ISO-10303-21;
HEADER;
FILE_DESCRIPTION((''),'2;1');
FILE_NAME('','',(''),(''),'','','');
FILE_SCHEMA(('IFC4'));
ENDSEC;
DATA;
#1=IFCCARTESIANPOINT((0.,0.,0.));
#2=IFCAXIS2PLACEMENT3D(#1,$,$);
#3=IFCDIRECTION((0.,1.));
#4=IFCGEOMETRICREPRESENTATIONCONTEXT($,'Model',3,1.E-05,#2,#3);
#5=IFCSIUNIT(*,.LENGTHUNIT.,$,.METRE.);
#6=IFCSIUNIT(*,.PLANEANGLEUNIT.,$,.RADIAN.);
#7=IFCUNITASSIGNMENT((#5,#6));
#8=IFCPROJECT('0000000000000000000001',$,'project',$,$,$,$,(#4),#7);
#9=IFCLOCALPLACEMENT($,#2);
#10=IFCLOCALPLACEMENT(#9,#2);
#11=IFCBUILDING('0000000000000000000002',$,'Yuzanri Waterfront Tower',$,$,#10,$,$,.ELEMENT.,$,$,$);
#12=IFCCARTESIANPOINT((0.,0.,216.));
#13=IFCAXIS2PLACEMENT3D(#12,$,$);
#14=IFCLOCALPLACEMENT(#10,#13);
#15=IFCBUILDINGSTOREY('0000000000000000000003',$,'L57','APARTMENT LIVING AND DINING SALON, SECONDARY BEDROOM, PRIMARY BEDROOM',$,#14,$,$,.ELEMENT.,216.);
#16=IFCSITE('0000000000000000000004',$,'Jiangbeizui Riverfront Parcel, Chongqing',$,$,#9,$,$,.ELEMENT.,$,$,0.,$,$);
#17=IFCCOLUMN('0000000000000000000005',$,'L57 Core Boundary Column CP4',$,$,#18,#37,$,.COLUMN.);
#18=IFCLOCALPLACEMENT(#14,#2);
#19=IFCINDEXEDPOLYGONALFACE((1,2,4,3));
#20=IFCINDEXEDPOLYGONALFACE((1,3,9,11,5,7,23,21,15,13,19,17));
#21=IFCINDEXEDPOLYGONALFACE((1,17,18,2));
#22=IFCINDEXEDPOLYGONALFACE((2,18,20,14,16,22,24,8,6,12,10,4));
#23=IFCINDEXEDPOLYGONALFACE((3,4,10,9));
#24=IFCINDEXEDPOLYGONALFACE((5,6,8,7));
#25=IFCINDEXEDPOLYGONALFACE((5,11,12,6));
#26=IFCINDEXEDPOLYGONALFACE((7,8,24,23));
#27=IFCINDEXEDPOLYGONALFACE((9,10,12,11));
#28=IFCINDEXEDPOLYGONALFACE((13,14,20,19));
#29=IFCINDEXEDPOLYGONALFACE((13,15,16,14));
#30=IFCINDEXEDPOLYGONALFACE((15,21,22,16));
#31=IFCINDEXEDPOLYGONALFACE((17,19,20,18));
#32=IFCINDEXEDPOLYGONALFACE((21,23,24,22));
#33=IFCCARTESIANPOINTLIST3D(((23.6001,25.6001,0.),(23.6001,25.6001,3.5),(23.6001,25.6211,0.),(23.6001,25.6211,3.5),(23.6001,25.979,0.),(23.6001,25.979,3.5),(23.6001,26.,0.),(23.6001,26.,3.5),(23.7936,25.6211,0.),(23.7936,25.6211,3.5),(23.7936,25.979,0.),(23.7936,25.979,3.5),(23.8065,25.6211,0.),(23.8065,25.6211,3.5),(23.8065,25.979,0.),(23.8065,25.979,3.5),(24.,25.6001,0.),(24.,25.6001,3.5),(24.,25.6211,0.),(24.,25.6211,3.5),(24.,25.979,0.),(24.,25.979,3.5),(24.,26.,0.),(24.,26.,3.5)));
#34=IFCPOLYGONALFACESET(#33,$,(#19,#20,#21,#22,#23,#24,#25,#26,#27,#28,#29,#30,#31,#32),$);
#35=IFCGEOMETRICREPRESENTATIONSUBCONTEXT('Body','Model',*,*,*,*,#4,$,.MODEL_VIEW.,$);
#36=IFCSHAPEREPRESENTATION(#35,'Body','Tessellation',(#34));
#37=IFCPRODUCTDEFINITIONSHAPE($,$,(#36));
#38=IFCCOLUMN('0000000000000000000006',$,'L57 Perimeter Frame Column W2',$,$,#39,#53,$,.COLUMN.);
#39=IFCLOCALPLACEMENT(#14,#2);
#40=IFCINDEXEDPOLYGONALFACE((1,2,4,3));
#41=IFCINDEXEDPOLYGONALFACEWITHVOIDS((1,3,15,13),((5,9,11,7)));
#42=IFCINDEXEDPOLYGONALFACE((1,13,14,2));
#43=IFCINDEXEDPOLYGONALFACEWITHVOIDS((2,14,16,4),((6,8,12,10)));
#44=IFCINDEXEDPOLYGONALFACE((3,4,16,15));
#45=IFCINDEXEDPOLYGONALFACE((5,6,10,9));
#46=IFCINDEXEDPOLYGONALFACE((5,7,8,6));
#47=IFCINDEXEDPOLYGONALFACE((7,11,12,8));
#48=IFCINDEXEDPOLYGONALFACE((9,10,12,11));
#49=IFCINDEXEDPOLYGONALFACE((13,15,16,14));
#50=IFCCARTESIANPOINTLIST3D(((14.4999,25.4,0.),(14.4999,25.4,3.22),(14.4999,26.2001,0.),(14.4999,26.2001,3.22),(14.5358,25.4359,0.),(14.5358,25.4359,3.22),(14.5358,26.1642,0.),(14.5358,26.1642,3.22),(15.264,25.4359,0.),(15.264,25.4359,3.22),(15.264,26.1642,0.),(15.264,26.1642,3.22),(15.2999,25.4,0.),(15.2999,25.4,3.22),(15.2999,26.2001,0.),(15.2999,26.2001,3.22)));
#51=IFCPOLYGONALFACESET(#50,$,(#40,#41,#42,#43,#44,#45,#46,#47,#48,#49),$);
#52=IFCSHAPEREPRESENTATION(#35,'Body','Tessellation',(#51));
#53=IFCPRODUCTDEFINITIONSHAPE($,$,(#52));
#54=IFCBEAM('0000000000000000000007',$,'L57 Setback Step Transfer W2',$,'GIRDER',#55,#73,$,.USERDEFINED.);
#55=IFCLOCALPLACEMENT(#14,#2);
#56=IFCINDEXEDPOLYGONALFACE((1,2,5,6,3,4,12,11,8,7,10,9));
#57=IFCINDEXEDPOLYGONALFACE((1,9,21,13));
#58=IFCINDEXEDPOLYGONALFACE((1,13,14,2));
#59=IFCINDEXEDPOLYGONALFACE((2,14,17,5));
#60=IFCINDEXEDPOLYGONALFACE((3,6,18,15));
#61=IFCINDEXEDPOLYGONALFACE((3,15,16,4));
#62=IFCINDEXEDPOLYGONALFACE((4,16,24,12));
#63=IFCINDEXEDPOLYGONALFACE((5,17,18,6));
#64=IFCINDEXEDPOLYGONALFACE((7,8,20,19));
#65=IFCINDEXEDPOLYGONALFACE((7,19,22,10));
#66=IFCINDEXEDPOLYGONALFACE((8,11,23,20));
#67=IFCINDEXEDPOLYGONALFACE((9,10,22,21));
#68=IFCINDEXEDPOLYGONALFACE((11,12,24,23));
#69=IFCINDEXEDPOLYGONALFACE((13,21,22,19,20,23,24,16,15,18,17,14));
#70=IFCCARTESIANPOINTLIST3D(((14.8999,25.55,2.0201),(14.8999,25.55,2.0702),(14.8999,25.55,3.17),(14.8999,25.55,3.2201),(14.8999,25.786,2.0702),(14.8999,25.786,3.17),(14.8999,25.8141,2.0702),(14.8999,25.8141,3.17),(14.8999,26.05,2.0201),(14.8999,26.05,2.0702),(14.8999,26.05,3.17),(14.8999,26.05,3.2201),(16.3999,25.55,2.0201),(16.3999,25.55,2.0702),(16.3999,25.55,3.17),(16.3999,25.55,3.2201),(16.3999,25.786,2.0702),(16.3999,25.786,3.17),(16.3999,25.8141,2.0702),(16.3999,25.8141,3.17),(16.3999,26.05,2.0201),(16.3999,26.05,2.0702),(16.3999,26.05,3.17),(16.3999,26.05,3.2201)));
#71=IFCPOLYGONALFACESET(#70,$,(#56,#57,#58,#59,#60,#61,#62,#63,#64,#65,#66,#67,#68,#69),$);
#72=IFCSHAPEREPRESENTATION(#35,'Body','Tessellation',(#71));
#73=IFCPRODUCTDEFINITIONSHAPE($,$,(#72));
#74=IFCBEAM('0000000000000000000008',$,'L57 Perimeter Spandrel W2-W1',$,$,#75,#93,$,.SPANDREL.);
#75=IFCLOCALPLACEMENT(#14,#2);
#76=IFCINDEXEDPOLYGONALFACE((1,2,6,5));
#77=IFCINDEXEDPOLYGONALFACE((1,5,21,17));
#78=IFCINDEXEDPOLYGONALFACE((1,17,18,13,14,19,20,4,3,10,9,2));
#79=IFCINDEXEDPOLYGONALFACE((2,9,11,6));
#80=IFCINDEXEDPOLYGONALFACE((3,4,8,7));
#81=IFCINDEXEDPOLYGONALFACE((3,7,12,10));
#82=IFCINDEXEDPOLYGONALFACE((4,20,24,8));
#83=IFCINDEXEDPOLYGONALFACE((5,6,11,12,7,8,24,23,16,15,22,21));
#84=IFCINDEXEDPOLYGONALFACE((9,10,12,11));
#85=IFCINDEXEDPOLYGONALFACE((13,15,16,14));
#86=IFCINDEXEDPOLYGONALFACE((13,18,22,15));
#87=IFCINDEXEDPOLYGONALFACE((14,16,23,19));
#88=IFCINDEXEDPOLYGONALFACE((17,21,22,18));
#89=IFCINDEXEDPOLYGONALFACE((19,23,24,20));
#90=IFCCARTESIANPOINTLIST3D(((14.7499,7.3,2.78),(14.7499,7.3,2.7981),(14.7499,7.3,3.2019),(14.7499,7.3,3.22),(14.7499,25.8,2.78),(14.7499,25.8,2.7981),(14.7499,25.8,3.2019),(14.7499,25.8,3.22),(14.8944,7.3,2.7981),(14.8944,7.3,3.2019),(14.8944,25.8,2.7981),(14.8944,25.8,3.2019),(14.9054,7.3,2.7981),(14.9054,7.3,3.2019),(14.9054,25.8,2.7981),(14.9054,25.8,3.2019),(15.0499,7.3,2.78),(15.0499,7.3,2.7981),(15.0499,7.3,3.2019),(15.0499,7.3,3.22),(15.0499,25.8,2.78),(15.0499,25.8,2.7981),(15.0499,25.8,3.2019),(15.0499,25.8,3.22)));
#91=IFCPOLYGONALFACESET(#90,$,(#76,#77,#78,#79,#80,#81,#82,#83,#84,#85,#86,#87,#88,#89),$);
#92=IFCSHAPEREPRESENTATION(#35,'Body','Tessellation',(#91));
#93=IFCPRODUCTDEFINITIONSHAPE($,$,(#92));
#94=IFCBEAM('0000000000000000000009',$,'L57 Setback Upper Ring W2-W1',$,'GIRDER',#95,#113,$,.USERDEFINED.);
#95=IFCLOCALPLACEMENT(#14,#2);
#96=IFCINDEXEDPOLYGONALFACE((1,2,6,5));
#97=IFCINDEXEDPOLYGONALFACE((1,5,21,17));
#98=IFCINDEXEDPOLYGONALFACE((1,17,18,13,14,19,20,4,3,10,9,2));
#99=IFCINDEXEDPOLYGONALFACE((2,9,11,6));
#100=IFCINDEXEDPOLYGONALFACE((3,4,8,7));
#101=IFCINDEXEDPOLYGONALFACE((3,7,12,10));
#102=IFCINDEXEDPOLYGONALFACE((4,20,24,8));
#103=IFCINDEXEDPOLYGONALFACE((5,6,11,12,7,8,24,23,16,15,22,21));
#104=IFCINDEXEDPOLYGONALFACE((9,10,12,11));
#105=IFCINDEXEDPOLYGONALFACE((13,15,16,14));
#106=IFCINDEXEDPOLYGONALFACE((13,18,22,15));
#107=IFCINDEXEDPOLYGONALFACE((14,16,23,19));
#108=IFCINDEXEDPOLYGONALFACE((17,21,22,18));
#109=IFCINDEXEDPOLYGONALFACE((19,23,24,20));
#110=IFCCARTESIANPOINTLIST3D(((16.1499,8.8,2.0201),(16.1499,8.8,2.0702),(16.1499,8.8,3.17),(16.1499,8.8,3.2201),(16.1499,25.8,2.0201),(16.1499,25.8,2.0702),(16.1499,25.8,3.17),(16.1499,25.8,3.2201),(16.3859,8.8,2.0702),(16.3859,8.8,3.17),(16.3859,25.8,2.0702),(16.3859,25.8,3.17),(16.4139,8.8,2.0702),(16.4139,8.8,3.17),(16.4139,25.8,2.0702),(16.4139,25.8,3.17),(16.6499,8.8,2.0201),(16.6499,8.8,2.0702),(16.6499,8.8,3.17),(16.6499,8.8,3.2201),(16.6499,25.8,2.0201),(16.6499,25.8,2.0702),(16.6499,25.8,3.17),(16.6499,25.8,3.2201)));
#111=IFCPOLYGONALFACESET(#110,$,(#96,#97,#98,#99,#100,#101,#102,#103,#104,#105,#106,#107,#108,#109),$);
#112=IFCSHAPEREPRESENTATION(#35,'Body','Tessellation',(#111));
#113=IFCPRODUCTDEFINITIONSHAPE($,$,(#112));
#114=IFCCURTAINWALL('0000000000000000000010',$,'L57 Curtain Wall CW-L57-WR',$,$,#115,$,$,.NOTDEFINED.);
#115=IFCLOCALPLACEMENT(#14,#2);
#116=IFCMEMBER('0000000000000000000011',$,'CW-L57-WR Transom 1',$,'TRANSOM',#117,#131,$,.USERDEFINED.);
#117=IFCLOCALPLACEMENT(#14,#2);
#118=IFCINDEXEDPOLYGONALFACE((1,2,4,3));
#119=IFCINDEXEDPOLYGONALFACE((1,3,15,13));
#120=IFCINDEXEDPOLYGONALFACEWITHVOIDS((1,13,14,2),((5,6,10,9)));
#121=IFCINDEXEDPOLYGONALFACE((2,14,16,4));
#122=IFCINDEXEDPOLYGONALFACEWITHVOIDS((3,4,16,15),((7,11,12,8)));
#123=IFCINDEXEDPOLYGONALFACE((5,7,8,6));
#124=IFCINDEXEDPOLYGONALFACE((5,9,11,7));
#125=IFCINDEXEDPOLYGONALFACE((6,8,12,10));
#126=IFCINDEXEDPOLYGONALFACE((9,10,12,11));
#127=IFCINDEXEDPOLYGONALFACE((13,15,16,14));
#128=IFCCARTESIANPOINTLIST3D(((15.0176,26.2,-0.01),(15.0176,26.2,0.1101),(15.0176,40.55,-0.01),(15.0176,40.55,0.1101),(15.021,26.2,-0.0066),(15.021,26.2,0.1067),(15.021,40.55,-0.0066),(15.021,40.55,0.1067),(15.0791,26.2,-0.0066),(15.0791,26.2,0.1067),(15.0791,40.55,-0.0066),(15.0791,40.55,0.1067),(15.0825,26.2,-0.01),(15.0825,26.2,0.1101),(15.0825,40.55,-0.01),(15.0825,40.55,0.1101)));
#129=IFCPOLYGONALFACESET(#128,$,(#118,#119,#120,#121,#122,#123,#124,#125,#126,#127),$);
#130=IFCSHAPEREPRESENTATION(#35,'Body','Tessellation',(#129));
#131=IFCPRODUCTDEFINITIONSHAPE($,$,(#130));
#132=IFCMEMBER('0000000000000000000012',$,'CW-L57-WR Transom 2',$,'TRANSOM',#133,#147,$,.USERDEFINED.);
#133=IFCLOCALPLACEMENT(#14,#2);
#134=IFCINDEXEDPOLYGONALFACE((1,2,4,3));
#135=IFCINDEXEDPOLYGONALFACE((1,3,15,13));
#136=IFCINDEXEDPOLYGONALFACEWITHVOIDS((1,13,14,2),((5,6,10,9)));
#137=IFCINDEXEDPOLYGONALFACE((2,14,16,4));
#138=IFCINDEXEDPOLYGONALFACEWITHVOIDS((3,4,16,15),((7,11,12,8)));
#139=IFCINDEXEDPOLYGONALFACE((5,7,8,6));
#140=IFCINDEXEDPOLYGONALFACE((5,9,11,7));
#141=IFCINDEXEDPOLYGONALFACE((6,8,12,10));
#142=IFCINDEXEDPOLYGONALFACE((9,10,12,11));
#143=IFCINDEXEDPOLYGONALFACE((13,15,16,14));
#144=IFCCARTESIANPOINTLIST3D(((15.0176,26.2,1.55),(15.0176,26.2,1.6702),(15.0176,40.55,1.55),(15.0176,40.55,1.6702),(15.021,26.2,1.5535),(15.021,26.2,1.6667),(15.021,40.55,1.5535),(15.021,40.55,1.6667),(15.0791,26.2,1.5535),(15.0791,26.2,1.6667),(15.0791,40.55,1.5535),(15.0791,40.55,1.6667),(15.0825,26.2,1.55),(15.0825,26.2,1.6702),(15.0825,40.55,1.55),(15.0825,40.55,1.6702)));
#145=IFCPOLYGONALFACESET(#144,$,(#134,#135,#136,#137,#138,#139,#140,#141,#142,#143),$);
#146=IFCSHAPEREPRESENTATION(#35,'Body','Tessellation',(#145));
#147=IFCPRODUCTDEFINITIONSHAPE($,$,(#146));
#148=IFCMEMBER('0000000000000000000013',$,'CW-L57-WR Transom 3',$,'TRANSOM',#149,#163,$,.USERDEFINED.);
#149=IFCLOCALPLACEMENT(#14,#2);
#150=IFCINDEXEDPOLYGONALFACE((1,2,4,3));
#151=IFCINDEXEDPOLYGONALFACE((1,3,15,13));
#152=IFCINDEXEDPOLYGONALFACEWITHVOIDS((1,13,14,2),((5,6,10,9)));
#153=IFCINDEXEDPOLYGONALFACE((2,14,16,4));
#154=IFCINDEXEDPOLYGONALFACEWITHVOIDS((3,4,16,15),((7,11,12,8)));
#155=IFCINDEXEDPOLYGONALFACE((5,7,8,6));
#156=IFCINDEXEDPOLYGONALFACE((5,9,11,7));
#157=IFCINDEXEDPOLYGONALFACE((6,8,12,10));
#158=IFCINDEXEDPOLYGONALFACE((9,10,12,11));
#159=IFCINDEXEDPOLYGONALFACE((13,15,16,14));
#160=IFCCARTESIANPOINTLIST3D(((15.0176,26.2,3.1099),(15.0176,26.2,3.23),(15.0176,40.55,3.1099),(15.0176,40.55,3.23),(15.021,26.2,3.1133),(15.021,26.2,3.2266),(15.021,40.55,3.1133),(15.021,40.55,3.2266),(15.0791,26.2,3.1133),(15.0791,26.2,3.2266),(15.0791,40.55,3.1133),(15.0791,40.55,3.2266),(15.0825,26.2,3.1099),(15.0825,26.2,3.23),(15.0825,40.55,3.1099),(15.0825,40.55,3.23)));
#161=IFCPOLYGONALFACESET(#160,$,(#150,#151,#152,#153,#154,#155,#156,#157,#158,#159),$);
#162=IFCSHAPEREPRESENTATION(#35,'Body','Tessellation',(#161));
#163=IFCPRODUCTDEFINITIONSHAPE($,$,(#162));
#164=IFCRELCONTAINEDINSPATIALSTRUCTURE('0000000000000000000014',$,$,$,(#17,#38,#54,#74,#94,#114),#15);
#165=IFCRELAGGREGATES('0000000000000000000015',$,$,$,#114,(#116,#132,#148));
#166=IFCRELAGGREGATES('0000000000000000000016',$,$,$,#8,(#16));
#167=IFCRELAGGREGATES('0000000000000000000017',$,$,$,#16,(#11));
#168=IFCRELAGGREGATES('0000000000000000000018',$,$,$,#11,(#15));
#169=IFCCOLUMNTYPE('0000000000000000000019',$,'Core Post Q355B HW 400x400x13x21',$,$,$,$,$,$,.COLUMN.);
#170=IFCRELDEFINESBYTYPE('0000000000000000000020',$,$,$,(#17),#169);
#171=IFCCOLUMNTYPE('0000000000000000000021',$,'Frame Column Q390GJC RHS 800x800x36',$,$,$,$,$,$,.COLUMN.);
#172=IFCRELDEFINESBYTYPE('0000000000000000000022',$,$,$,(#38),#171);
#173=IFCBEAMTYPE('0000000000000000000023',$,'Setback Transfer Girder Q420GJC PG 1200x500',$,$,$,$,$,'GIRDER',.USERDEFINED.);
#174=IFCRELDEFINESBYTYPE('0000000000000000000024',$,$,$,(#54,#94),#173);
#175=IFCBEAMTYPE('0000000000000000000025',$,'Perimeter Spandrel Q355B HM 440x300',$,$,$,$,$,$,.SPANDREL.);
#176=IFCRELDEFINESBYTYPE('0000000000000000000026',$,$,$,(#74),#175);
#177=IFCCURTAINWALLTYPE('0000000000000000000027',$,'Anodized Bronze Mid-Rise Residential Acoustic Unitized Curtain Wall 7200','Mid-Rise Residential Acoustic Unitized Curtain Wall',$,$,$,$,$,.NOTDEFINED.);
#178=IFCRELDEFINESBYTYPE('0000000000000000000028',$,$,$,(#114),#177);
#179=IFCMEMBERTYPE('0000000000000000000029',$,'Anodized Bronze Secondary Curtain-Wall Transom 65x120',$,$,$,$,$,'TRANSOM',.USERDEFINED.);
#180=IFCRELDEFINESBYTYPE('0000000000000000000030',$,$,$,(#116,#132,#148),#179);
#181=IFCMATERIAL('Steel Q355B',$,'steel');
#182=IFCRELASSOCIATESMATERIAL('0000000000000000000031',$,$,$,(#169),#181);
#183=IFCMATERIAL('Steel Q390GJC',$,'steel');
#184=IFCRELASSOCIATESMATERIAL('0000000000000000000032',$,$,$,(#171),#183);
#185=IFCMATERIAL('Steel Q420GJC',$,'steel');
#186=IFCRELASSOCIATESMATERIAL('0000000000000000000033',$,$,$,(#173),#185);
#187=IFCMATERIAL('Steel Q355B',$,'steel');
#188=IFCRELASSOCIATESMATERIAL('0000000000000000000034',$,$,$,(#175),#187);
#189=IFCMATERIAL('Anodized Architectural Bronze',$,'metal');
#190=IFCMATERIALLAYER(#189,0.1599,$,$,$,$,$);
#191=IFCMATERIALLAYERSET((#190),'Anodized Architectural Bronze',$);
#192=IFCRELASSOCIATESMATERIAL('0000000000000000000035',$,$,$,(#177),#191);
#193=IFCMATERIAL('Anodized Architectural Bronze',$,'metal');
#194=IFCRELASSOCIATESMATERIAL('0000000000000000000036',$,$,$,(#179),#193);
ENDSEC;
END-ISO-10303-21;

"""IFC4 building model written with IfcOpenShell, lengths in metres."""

from ifc_helpers import new_model, si_unit, direction, frame, origin, origin_2d, place, context, subcontext, project, spatial, hollow_rectangle, i_section, extrude, source, transform, mapped, material, layer, layer_set, material_profile, profile_set, type_object, element, aggregate, save


model = new_model("IFC4")

# Units and contexts
model_context = context("Model", 3, precision=1e-05, world=origin(), true_north=direction((0.0, 1.0)))
body_context = subcontext(model_context, "Body", "Model", "MODEL_VIEW")
ifc_project = project(units=[si_unit("LENGTHUNIT", "METRE"), si_unit("PLANEANGLEUNIT", "RADIAN")], contexts=[model_context])

# Site, building, storey
site_placement = place(None, origin())
site = spatial("IfcSite", under=ifc_project, at=site_placement, Name="Jiangbeizui Riverfront Parcel, Chongqing", CompositionType="ELEMENT", RefElevation=0.0)
building_placement = place(site_placement, origin())
building = spatial("IfcBuilding", under=site, at=building_placement, Name="Yuzanri Waterfront Tower", CompositionType="ELEMENT")
storey_placement = place(building_placement, frame((0.0, 0.0, 216.0)))
storey = spatial("IfcBuildingStorey", under=building, at=storey_placement, Name="L57", Description="APARTMENT LIVING AND DINING SALON, SECONDARY BEDROOM, PRIMARY BEDROOM", CompositionType="ELEMENT", Elevation=216.0)

# Columns
ifc_material_1 = material(Name="Steel Q355B", Category="steel")
ifc_material_profile_1 = material_profile(ifc_material_1, i_section(OverallWidth=0.3999, OverallDepth=0.3999, WebThickness=0.0129, FlangeThickness=0.021, at=origin_2d()), Name="HW 400x400x13x21")
ifc_profile_set_1 = profile_set([ifc_material_profile_1], Name="Steel Q355B")
column_type_1 = type_object("IfcColumnType", Name="Core Post Q355B HW 400x400x13x21", PredefinedType="COLUMN", material=ifc_profile_set_1)
shared_shape_1 = source(origin(), body_context, "Body", "SweptSolid", [
    extrude(i_section(OverallWidth=0.3999, OverallDepth=0.3999, WebThickness=0.0129, FlangeThickness=0.021, at=origin_2d()), origin(), (0.0, 0.0, 1.0), 3.5),
])
column_1_placement = place(storey_placement, frame((23.8, 25.8, 0.0), z_axis=(0.0, 0.0, 1.0), x_axis=(1.0, 0.0, 0.0)))
element("IfcColumn", 1, at=column_1_placement, inside=storey, type_object=column_type_1, Name="L57 Core Boundary Column CP4", PredefinedType="COLUMN", context=body_context, shape_type="MappedRepresentation", body=[
    mapped(shared_shape_1, transform((0.0, 0.0, 0.0), scale=1.0)),
])
ifc_material_2 = material(Name="Steel Q390GJC", Category="steel")
ifc_material_profile_2 = material_profile(ifc_material_2, hollow_rectangle(XDim=0.8, YDim=0.8, WallThickness=0.0359, at=origin_2d()), Name="RHS 800x800x36")
ifc_profile_set_2 = profile_set([ifc_material_profile_2], Name="Steel Q390GJC")
column_type_2 = type_object("IfcColumnType", Name="Frame Column Q390GJC RHS 800x800x36", PredefinedType="COLUMN", material=ifc_profile_set_2)
shared_shape_2 = source(origin(), body_context, "Body", "SweptSolid", [
    extrude(hollow_rectangle(XDim=0.8, YDim=0.8, WallThickness=0.0359, at=origin_2d()), origin(), (0.0, 0.0, 1.0), 3.22),
])
column_2_placement = place(storey_placement, frame((14.8999, 25.8, 0.0), z_axis=(0.0, 0.0, 1.0), x_axis=(1.0, 0.0, 0.0)))
element("IfcColumn", 2, at=column_2_placement, inside=storey, type_object=column_type_2, Name="L57 Perimeter Frame Column W2", PredefinedType="COLUMN", context=body_context, shape_type="MappedRepresentation", body=[
    mapped(shared_shape_2, transform((0.0, 0.0, 0.0), scale=1.0)),
])

# Beams
ifc_material_3 = material(Name="Steel Q420GJC", Category="steel")
ifc_material_profile_3 = material_profile(ifc_material_3, i_section(OverallWidth=0.5, OverallDepth=1.2, WebThickness=0.0281, FlangeThickness=0.05, at=origin_2d()), Name="PG 1200x500x28x50")
ifc_profile_set_3 = profile_set([ifc_material_profile_3], Name="Steel Q420GJC")
beam_type_1 = type_object("IfcBeamType", Name="Setback Transfer Girder Q420GJC PG 1200x500", ElementType="GIRDER", PredefinedType="USERDEFINED", material=ifc_profile_set_3)
shared_shape_3 = source(origin(), body_context, "Body", "SweptSolid", [
    extrude(i_section(OverallWidth=0.5, OverallDepth=1.2, WebThickness=0.0281, FlangeThickness=0.05, at=origin_2d()), origin(), (0.0, 0.0, 1.0), 1.5),
])
beam_1_placement = place(storey_placement, frame((16.3999, 25.8, 2.6201), z_axis=(-1.0, 0.0, 0.0), x_axis=(0.0, -1.0, 0.0)))
element("IfcBeam", 3, at=beam_1_placement, inside=storey, type_object=beam_type_1, Name="L57 Setback Step Transfer W2", ObjectType="GIRDER", PredefinedType="USERDEFINED", context=body_context, shape_type="MappedRepresentation", body=[
    mapped(shared_shape_3, transform((0.0, 0.0, 0.0), scale=1.0)),
])
ifc_material_4 = material(Name="Steel Q355B", Category="steel")
ifc_material_profile_4 = material_profile(ifc_material_4, i_section(OverallWidth=0.3, OverallDepth=0.4399, WebThickness=0.011, FlangeThickness=0.0181, at=origin_2d()), Name="HM 440x300x11x18")
ifc_profile_set_4 = profile_set([ifc_material_profile_4], Name="Steel Q355B")
beam_type_2 = type_object("IfcBeamType", Name="Perimeter Spandrel Q355B HM 440x300", PredefinedType="SPANDREL", material=ifc_profile_set_4)
shared_shape_4 = source(origin(), body_context, "Body", "SweptSolid", [
    extrude(i_section(OverallWidth=0.3, OverallDepth=0.4399, WebThickness=0.011, FlangeThickness=0.0181, at=origin_2d()), origin(), (0.0, 0.0, 1.0), 18.5),
])
beam_2_placement = place(storey_placement, frame((14.8999, 25.8, 3.0), z_axis=(0.0, -1.0, 0.0), x_axis=(1.0, 0.0, 0.0)))
element("IfcBeam", 4, at=beam_2_placement, inside=storey, type_object=beam_type_2, Name="L57 Perimeter Spandrel W2-W1", PredefinedType="SPANDREL", context=body_context, shape_type="MappedRepresentation", body=[
    mapped(shared_shape_4, transform((0.0, 0.0, 0.0), scale=1.0)),
])
shared_shape_5 = source(origin(), body_context, "Body", "SweptSolid", [
    extrude(i_section(OverallWidth=0.5, OverallDepth=1.2, WebThickness=0.0281, FlangeThickness=0.05, at=origin_2d()), origin(), (0.0, 0.0, 1.0), 17.0),
])
beam_3_placement = place(storey_placement, frame((16.3999, 25.8, 2.6201), z_axis=(0.0, -1.0, 0.0), x_axis=(1.0, 0.0, 0.0)))
element("IfcBeam", 5, at=beam_3_placement, inside=storey, type_object=beam_type_1, Name="L57 Setback Upper Ring W2-W1", ObjectType="GIRDER", PredefinedType="USERDEFINED", context=body_context, shape_type="MappedRepresentation", body=[
    mapped(shared_shape_5, transform((0.0, 0.0, 0.0), scale=1.0)),
])

# Curtain wall, members
ifc_material_5 = material(Name="Anodized Architectural Bronze", Category="metal")
ifc_layer_1 = layer(ifc_material_5, 0.1599)
ifc_layer_set_1 = layer_set([ifc_layer_1], Name="Anodized Architectural Bronze")
curtain_wall_type = type_object("IfcCurtainWallType", Name="Anodized Bronze Mid-Rise Residential Acoustic Unitized Curtain Wall 7200", Description="Mid-Rise Residential Acoustic Unitized Curtain Wall", PredefinedType="NOTDEFINED", material=ifc_layer_set_1)
curtain_wall_1_placement = place(storey_placement, origin())
curtain_wall_1 = element("IfcCurtainWall", 6, at=curtain_wall_1_placement, inside=storey, type_object=curtain_wall_type, Name="L57 Curtain Wall CW-L57-WR", PredefinedType="NOTDEFINED")
ifc_material_6 = material(Name="Anodized Architectural Bronze", Category="metal")
ifc_material_profile_5 = material_profile(ifc_material_6, hollow_rectangle(XDim=0.0649, YDim=0.1201, WallThickness=0.0034, at=origin_2d()), Name="CWT 65x120")
ifc_profile_set_5 = profile_set([ifc_material_profile_5], Name="Anodized Architectural Bronze")
member_type_1 = type_object("IfcMemberType", Name="Anodized Bronze Secondary Curtain-Wall Transom 65x120", ElementType="TRANSOM", PredefinedType="USERDEFINED", material=ifc_profile_set_5)
shared_shape_6 = source(origin(), body_context, "Body", "SweptSolid", [
    extrude(hollow_rectangle(XDim=0.0649, YDim=0.1201, WallThickness=0.0034, at=origin_2d()), origin(), (0.0, 0.0, 1.0), 14.3501),
])
member_1_placement = place(storey_placement, frame((15.05, 26.2, 0.05), z_axis=(0.0, 1.0, 0.0), x_axis=(-1.0, 0.0, 0.0)))
member_1 = element("IfcMember", 7, at=member_1_placement, type_object=member_type_1, Name="CW-L57-WR Transom 1", ObjectType="TRANSOM", PredefinedType="USERDEFINED", context=body_context, shape_type="MappedRepresentation", body=[
    mapped(shared_shape_6, transform((0.0, 0.0, 0.0), scale=1.0)),
])
member_2_placement = place(storey_placement, frame((15.05, 26.2, 1.6101), z_axis=(0.0, 1.0, 0.0), x_axis=(-1.0, 0.0, 0.0)))
member_2 = element("IfcMember", 8, at=member_2_placement, type_object=member_type_1, Name="CW-L57-WR Transom 2", ObjectType="TRANSOM", PredefinedType="USERDEFINED", context=body_context, shape_type="MappedRepresentation", body=[
    mapped(shared_shape_6, transform((0.0, 0.0, 0.0), scale=1.0)),
])
member_3_placement = place(storey_placement, frame((15.05, 26.2, 3.1699), z_axis=(0.0, 1.0, 0.0), x_axis=(-1.0, 0.0, 0.0)))
member_3 = element("IfcMember", 9, at=member_3_placement, type_object=member_type_1, Name="CW-L57-WR Transom 3", ObjectType="TRANSOM", PredefinedType="USERDEFINED", context=body_context, shape_type="MappedRepresentation", body=[
    mapped(shared_shape_6, transform((0.0, 0.0, 0.0), scale=1.0)),
])

aggregate(curtain_wall_1, [member_1, member_2, member_3])

save(model, "model.ifc")
